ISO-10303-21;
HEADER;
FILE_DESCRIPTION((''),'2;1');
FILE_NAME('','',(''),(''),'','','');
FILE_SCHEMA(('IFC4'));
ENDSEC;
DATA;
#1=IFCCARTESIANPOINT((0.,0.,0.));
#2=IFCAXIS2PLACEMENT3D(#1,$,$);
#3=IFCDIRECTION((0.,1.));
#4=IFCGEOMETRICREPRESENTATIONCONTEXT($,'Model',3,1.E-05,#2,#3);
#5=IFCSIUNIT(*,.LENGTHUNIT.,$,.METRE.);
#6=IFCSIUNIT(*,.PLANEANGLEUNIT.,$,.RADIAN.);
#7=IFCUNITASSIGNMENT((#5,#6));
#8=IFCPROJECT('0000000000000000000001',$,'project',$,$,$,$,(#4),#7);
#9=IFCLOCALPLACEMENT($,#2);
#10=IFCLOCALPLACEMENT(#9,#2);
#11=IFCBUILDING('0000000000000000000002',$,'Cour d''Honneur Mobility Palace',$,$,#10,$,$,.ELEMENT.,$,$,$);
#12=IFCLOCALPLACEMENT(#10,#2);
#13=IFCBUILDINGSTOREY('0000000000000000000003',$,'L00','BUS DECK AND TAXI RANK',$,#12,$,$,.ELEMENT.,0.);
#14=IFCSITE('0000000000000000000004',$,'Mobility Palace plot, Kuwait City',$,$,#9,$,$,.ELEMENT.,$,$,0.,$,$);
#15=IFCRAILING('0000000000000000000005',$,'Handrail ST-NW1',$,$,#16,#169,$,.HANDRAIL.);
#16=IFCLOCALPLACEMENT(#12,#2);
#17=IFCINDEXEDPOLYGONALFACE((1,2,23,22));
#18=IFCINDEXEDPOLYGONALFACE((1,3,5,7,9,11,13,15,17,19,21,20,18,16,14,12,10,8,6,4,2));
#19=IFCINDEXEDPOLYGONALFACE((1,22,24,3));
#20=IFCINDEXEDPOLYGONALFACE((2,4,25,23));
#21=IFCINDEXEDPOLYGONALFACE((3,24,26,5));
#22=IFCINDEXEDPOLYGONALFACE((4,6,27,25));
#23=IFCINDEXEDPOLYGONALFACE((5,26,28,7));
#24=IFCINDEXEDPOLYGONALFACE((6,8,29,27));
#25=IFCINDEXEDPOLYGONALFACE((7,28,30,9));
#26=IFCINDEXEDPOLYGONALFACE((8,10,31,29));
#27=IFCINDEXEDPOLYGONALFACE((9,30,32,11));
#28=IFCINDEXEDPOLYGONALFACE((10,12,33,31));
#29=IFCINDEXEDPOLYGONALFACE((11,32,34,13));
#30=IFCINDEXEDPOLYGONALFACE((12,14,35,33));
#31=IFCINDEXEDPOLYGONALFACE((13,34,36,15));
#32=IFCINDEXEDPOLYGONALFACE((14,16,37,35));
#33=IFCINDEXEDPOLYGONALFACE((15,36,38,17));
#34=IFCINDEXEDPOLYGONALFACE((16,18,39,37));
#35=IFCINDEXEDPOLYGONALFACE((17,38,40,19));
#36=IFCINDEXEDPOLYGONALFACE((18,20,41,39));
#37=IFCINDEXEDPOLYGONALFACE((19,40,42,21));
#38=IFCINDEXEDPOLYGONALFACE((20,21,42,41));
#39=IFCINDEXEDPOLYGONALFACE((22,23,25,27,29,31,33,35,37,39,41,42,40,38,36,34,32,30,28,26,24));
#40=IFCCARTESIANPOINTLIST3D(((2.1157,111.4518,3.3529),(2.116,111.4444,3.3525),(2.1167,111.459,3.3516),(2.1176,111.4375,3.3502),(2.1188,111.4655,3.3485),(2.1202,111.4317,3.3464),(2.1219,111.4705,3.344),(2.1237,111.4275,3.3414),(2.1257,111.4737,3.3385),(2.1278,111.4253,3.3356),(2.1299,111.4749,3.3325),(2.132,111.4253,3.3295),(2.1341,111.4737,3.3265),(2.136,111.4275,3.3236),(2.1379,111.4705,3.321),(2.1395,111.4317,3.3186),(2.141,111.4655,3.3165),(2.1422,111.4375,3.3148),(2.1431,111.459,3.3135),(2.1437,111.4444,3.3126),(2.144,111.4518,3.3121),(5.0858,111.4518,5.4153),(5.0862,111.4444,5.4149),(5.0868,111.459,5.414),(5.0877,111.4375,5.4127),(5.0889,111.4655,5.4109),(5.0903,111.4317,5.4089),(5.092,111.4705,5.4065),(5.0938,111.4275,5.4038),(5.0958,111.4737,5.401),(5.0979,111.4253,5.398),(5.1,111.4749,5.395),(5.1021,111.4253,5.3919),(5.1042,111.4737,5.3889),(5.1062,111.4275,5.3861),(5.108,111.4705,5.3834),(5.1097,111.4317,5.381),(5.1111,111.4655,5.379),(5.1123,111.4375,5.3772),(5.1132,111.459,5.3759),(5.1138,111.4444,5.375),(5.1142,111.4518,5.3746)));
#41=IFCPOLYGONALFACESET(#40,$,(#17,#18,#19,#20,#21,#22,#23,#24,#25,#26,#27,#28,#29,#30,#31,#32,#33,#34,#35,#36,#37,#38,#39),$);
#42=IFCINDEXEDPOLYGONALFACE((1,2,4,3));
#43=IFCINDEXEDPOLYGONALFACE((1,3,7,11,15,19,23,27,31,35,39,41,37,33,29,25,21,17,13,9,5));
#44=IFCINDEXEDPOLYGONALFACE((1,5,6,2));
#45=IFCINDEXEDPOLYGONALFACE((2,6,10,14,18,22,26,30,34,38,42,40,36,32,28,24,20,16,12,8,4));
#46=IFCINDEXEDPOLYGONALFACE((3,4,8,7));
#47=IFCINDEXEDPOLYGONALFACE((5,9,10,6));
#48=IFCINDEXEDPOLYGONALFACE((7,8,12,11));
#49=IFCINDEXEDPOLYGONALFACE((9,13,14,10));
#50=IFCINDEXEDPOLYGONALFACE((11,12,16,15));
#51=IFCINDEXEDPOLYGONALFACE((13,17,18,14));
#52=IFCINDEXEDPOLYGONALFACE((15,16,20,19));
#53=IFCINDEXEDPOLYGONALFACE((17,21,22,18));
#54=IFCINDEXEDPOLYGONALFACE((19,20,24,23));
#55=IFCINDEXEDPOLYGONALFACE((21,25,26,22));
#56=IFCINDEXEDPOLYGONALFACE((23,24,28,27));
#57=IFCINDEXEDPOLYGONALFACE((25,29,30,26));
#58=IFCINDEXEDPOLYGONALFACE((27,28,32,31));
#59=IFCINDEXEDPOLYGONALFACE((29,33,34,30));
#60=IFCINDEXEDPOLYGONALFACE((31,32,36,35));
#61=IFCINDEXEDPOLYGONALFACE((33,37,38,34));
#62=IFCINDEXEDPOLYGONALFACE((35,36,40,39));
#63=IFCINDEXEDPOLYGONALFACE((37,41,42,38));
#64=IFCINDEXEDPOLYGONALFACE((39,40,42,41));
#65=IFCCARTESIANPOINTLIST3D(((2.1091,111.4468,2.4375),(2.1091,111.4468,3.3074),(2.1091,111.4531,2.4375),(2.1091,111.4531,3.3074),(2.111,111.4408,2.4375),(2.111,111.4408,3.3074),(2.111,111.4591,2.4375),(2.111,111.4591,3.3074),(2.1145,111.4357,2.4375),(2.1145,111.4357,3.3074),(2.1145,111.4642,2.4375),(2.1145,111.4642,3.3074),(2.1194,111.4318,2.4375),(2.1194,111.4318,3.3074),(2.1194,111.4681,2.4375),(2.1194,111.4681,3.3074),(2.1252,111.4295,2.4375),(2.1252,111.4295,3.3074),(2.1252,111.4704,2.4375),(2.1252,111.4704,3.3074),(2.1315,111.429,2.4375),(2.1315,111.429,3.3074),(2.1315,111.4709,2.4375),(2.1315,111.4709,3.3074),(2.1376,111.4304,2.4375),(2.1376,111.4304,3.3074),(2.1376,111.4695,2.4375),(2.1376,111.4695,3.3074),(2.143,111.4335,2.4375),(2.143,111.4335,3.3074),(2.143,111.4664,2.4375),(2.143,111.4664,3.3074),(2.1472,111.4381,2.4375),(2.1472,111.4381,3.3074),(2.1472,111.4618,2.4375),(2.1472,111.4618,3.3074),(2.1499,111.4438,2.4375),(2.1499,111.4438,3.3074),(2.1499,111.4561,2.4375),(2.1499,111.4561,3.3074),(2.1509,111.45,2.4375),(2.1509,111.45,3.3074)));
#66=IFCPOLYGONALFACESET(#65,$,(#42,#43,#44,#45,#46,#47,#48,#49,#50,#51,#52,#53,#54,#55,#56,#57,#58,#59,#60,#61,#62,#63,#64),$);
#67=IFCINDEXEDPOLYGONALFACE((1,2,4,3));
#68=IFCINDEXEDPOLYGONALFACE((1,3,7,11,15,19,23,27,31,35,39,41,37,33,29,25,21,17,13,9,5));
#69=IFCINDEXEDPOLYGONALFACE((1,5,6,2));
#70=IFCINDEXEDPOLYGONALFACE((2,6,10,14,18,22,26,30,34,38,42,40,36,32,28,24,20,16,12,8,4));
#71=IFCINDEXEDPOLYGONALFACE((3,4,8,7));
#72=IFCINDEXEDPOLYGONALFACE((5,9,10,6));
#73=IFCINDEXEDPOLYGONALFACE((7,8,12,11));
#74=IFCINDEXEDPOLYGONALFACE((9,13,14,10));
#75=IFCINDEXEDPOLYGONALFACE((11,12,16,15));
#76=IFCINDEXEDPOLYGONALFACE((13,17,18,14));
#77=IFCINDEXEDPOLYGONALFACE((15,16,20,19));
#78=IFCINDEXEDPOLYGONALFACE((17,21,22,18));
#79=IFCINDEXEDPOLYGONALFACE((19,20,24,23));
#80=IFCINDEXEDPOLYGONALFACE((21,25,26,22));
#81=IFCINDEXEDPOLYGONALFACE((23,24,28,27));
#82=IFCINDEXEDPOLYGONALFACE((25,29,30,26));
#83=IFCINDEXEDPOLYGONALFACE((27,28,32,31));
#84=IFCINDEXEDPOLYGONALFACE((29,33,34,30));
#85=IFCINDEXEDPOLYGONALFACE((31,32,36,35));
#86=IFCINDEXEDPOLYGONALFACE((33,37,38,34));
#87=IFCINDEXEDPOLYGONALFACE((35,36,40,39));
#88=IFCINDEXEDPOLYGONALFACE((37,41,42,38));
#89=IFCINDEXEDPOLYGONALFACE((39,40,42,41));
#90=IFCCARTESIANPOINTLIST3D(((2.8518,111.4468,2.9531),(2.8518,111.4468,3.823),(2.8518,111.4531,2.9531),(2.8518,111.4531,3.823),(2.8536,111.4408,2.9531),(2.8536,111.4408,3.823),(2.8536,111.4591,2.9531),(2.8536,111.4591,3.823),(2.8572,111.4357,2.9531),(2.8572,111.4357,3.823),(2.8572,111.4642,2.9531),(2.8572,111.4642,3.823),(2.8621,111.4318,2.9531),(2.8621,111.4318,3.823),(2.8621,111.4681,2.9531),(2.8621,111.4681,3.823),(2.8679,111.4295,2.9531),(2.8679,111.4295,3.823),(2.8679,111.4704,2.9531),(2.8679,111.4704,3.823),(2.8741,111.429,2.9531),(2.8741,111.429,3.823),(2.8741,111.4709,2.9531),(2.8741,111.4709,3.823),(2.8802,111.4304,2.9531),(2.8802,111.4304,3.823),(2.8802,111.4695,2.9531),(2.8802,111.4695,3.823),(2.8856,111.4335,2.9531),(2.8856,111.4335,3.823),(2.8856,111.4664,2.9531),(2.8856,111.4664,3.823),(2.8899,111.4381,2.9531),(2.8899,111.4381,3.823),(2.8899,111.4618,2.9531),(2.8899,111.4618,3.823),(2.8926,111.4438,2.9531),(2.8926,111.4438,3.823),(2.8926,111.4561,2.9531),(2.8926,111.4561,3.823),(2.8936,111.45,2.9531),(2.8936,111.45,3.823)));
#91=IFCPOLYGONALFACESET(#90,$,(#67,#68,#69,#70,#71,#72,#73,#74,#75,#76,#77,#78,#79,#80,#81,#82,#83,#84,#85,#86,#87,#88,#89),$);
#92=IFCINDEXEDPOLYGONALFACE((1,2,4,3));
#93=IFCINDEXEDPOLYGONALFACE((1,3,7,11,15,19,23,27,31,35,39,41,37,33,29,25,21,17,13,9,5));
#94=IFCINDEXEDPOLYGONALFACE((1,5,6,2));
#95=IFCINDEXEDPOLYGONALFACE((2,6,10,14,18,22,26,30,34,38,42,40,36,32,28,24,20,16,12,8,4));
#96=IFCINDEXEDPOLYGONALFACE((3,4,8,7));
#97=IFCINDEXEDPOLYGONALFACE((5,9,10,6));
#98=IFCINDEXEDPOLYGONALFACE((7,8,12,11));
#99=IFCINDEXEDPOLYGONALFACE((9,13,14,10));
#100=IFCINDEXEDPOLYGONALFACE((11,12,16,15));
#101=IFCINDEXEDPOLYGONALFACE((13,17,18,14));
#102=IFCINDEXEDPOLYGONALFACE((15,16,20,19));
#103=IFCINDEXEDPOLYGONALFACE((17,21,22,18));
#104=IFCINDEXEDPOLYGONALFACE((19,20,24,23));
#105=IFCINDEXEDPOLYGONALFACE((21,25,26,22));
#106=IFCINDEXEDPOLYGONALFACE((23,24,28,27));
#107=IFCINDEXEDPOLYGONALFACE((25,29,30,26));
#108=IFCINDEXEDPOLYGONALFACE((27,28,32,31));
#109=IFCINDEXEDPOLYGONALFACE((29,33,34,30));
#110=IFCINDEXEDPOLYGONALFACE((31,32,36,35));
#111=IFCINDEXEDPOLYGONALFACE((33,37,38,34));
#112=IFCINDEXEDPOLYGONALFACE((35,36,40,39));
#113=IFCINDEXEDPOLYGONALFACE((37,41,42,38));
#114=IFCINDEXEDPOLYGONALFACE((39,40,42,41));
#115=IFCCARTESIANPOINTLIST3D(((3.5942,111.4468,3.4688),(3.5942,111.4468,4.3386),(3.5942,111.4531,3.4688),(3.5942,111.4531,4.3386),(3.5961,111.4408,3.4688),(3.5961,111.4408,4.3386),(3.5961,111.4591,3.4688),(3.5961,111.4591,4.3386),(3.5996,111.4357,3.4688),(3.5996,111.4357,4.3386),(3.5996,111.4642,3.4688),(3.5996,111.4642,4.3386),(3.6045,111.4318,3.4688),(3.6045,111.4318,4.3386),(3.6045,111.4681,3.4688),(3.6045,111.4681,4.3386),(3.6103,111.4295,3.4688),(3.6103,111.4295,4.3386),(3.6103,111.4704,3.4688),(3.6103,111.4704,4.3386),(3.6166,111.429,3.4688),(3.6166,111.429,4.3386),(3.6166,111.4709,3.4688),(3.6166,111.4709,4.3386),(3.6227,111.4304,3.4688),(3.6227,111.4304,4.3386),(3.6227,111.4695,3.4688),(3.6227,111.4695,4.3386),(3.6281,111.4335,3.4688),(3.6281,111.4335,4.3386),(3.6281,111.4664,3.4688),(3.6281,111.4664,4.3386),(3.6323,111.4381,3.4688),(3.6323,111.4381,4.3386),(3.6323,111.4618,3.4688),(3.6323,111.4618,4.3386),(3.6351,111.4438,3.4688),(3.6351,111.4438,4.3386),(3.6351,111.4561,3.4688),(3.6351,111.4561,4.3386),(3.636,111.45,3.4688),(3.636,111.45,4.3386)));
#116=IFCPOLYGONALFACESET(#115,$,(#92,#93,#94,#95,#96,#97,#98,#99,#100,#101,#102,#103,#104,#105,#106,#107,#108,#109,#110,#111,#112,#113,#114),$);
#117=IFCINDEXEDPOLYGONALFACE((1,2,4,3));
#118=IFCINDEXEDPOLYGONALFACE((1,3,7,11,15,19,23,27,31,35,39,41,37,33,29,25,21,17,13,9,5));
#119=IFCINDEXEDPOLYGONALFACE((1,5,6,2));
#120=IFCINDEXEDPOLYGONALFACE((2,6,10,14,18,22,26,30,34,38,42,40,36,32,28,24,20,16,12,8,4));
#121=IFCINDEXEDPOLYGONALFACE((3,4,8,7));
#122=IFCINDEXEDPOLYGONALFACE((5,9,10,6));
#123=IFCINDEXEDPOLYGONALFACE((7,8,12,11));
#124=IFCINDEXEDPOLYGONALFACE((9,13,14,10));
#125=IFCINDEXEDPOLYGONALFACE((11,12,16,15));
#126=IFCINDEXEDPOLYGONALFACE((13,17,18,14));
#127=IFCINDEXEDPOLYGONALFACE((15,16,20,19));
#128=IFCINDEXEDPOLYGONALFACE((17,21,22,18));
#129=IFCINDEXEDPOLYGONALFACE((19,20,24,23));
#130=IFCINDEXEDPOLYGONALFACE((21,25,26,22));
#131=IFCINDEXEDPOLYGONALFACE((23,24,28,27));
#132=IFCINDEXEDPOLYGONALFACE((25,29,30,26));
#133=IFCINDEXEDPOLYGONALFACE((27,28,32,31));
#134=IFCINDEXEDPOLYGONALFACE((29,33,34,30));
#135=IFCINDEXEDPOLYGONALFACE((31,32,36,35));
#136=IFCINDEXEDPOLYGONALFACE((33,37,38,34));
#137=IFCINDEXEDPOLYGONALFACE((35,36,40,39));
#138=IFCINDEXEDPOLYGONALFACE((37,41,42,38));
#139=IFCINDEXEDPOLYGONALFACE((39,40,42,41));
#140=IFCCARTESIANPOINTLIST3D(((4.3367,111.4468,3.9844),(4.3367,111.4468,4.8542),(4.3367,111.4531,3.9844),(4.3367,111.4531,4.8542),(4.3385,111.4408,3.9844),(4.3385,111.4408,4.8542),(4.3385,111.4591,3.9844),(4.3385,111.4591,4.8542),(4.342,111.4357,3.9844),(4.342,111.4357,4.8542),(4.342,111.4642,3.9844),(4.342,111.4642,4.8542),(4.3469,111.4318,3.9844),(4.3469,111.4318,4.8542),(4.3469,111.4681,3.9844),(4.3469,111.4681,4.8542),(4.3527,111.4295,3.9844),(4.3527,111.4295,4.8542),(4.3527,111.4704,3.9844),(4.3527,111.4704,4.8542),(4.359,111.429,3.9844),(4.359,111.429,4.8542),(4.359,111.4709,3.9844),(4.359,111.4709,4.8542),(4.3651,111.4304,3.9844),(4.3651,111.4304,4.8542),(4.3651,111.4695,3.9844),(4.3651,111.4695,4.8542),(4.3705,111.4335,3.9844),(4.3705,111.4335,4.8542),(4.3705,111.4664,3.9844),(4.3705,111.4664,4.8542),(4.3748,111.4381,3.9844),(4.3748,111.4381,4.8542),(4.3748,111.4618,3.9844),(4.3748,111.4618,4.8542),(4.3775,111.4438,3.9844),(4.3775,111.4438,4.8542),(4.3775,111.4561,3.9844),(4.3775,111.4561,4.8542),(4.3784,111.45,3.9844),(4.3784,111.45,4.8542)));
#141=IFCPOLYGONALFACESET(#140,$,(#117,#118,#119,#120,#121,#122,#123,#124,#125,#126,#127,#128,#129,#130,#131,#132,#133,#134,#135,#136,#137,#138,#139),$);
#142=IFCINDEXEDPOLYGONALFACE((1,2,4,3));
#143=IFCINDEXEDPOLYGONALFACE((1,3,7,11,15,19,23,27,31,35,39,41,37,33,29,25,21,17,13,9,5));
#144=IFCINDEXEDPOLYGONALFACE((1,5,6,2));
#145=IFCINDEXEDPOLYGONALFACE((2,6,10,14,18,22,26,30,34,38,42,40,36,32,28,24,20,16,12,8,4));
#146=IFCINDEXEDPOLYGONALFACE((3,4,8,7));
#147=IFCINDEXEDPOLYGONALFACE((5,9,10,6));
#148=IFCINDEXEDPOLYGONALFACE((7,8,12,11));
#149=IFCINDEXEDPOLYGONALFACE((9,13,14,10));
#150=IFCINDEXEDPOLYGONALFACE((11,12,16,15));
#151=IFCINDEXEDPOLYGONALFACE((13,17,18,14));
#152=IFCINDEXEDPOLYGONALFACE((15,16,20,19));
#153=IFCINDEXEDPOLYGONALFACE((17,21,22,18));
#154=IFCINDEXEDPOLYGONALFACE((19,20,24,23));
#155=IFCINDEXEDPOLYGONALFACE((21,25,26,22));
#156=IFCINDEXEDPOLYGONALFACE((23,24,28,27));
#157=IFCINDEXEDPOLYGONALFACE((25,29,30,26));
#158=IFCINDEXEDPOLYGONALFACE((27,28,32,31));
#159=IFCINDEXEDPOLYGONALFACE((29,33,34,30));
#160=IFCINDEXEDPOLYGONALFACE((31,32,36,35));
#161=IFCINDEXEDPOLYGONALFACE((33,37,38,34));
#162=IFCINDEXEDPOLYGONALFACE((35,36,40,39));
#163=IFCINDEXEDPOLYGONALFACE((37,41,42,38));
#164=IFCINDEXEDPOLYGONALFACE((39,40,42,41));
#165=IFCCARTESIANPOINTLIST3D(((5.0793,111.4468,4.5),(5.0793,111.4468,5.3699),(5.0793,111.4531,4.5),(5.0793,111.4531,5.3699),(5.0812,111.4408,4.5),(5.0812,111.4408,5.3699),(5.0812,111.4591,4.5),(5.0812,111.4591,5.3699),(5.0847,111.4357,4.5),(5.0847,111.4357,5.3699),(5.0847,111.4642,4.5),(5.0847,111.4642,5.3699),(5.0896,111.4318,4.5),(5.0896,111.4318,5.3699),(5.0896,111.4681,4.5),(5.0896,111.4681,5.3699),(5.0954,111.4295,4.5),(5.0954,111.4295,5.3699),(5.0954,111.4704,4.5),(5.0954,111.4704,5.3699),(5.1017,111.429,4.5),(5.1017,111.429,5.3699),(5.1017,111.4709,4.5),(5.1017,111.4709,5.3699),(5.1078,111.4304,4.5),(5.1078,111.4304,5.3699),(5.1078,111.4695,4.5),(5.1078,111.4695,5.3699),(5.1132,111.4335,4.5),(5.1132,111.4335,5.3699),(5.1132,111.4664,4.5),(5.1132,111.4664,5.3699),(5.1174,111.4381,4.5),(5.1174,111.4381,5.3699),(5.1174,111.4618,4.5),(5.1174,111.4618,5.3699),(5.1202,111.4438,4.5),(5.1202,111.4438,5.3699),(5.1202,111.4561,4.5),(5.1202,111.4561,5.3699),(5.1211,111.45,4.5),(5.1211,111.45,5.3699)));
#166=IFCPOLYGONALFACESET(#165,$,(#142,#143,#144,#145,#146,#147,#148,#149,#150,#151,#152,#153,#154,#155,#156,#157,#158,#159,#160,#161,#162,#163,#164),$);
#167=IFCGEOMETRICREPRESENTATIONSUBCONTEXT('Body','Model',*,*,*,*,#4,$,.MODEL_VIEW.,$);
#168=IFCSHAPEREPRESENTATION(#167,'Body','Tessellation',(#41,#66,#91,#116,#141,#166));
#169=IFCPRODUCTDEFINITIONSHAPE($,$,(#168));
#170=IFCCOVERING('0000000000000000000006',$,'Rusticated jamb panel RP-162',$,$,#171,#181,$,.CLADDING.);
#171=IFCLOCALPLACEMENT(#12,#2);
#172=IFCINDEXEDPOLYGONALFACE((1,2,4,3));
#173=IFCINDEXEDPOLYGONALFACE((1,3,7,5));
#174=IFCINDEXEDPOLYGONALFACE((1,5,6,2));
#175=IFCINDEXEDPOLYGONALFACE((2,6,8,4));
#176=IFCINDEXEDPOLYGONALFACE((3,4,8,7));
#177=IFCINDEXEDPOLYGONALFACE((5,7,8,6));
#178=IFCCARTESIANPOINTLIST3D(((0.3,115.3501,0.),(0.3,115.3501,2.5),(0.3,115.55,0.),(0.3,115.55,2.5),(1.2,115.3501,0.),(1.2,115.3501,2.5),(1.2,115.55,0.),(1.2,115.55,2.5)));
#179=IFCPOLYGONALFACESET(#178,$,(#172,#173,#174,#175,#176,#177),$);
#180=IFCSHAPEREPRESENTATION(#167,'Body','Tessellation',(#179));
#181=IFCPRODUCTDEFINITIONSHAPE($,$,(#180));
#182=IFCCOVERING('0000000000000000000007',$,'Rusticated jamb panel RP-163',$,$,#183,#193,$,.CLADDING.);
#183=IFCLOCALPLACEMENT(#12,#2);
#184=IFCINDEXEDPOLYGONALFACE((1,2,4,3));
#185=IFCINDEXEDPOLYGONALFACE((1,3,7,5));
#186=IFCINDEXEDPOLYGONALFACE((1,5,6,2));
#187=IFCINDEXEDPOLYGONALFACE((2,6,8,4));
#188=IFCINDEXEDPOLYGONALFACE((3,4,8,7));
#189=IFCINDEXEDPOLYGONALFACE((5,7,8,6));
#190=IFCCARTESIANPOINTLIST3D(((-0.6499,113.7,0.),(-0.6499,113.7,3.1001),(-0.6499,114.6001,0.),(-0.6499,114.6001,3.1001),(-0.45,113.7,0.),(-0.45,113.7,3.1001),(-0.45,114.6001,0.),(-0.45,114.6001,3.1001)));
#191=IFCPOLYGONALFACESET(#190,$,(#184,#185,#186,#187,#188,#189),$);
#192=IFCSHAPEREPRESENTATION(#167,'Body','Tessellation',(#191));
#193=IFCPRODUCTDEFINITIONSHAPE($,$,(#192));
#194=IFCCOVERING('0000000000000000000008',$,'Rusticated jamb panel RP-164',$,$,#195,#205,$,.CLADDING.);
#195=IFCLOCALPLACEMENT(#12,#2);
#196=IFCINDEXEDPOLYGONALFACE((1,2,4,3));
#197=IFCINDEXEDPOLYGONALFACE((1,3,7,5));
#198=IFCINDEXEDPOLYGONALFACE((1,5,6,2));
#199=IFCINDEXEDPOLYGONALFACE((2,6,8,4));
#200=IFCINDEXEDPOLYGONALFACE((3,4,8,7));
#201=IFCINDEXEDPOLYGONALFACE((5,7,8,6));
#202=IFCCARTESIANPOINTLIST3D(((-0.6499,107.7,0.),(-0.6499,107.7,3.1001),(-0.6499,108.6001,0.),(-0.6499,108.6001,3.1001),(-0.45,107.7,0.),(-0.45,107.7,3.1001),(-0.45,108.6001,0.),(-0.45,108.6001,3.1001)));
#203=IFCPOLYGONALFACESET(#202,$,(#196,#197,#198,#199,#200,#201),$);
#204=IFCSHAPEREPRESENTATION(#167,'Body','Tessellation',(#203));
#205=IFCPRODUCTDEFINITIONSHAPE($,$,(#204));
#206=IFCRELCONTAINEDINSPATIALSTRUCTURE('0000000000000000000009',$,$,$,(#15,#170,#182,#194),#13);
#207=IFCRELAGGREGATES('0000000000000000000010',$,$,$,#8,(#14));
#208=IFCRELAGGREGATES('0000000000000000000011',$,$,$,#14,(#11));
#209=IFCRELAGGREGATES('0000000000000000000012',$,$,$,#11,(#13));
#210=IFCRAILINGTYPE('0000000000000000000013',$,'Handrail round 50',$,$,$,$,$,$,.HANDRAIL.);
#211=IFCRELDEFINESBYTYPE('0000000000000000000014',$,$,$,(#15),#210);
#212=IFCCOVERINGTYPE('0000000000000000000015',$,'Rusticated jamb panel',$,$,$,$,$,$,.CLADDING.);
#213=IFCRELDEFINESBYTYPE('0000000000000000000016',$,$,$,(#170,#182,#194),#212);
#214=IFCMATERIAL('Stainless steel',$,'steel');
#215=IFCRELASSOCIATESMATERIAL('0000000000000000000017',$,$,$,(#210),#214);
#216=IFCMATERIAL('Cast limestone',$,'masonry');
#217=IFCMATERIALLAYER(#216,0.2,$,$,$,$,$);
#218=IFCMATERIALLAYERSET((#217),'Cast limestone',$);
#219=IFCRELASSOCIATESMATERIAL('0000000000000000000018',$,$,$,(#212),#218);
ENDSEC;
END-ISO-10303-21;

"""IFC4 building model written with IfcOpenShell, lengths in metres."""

from ifc_helpers import new_model, si_unit, direction, frame, origin, origin_2d, place, context, subcontext, project, spatial, polyline, circle, outline, extrude, material, layer, layer_set, type_object, element, save


model = new_model("IFC4")

# Units and contexts
model_context = context("Model", 3, precision=1e-05, world=origin(), true_north=direction((0.0, 1.0)))
body_context = subcontext(model_context, "Body", "Model", "MODEL_VIEW")
ifc_project = project(units=[si_unit("LENGTHUNIT", "METRE"), si_unit("PLANEANGLEUNIT", "RADIAN")], contexts=[model_context])

# Site, building, storey
site_placement = place(None, origin())
site = spatial("IfcSite", under=ifc_project, at=site_placement, Name="Mobility Palace plot, Kuwait City", CompositionType="ELEMENT", RefElevation=0.0)
building_placement = place(site_placement, origin())
building = spatial("IfcBuilding", under=site, at=building_placement, Name="Cour d'Honneur Mobility Palace", CompositionType="ELEMENT")
storey_placement = place(building_placement, origin())
storey = spatial("IfcBuildingStorey", under=building, at=storey_placement, Name="L00", Description="BUS DECK AND TAXI RANK", CompositionType="ELEMENT", Elevation=0.0)

# Railing
ifc_material_1 = material(Name="Stainless steel", Category="steel")
railing_type_1 = type_object("IfcRailingType", Name="Handrail round 50", PredefinedType="HANDRAIL", material=ifc_material_1)
for number, where, name in (
    (1, (2.1299, 111.45, 2.4375), "Handrail ST-NW1"),
):
    element("IfcRailing", number, at=place(storey_placement, frame(where)), inside=storey, type_object=railing_type_1, Name=name, PredefinedType="HANDRAIL", context=body_context, shape_type="SweptSolid", body=[
        extrude(circle(Radius=0.0249, at=origin_2d()), frame((0.0, 0.0, 0.895), z_axis=(0.821389, 0.0, 0.570368), x_axis=(0.0, 1.0, 0.0)), (0.0, 0.0, 1.0), 3.616),
        extrude(circle(Radius=0.021, at=origin_2d()), origin(), (0.0, 0.0, 1.0), 0.8699),
        extrude(circle(Radius=0.021, at=origin_2d()), frame((0.7427, 0.0, 0.5156)), (0.0, 0.0, 1.0), 0.8699),
        extrude(circle(Radius=0.021, at=origin_2d()), frame((1.4851, 0.0, 1.0312)), (0.0, 0.0, 1.0), 0.8699),
        extrude(circle(Radius=0.021, at=origin_2d()), frame((2.2275, 0.0, 1.5469)), (0.0, 0.0, 1.0), 0.8699),
        extrude(circle(Radius=0.021, at=origin_2d()), frame((2.9702, 0.0, 2.0625)), (0.0, 0.0, 1.0), 0.8699),
    ])

# Coverings
ifc_material_2 = material(Name="Cast limestone", Category="masonry")
ifc_layer_1 = layer(ifc_material_2, 0.2)
ifc_layer_set_1 = layer_set([ifc_layer_1], Name="Cast limestone")
covering_type_1 = type_object("IfcCoveringType", Name="Rusticated jamb panel", PredefinedType="CLADDING", material=ifc_layer_set_1)
covering_1_placement = place(storey_placement, frame((1.2, 115.55, 0.0), z_axis=(0.0, 1.0, 0.0), x_axis=(-1.0, 0.0, 0.0)))
element("IfcCovering", 2, at=covering_1_placement, inside=storey, type_object=covering_type_1, Name="Rusticated jamb panel RP-162", PredefinedType="CLADDING", context=body_context, shape_type="SweptSolid", body=[
    extrude(outline(polyline([(0.0, 0.0), (0.8999, 0.0), (0.8999, 2.5), (0.0, 2.5), (0.0, 0.0)])), origin(), (0.0, 0.0, -1.0), 0.2),
])
for number, where, z_axis, x_axis, name in (
    (3, (-0.6499, 114.6001, 0.0), (-1.0, 0.0, 0.0), (0.0, -1.0, 0.0), "Rusticated jamb panel RP-163"),
    (4, (-0.6499, 108.6001, 0.0), (-1.0, 0.0, 0.0), (0.0, -1.0, 0.0), "Rusticated jamb panel RP-164"),
):
    element("IfcCovering", number, at=place(storey_placement, frame(where, z_axis=z_axis, x_axis=x_axis)), inside=storey, type_object=covering_type_1, Name=name, PredefinedType="CLADDING", context=body_context, shape_type="SweptSolid", body=[
        extrude(outline(polyline([(0.0, 0.0), (0.9001, 0.0), (0.9001, 3.1001), (0.0, 3.1001), (0.0, 0.0)])), origin(), (0.0, 0.0, -1.0), 0.2),
    ])

save(model, "model.ifc")
